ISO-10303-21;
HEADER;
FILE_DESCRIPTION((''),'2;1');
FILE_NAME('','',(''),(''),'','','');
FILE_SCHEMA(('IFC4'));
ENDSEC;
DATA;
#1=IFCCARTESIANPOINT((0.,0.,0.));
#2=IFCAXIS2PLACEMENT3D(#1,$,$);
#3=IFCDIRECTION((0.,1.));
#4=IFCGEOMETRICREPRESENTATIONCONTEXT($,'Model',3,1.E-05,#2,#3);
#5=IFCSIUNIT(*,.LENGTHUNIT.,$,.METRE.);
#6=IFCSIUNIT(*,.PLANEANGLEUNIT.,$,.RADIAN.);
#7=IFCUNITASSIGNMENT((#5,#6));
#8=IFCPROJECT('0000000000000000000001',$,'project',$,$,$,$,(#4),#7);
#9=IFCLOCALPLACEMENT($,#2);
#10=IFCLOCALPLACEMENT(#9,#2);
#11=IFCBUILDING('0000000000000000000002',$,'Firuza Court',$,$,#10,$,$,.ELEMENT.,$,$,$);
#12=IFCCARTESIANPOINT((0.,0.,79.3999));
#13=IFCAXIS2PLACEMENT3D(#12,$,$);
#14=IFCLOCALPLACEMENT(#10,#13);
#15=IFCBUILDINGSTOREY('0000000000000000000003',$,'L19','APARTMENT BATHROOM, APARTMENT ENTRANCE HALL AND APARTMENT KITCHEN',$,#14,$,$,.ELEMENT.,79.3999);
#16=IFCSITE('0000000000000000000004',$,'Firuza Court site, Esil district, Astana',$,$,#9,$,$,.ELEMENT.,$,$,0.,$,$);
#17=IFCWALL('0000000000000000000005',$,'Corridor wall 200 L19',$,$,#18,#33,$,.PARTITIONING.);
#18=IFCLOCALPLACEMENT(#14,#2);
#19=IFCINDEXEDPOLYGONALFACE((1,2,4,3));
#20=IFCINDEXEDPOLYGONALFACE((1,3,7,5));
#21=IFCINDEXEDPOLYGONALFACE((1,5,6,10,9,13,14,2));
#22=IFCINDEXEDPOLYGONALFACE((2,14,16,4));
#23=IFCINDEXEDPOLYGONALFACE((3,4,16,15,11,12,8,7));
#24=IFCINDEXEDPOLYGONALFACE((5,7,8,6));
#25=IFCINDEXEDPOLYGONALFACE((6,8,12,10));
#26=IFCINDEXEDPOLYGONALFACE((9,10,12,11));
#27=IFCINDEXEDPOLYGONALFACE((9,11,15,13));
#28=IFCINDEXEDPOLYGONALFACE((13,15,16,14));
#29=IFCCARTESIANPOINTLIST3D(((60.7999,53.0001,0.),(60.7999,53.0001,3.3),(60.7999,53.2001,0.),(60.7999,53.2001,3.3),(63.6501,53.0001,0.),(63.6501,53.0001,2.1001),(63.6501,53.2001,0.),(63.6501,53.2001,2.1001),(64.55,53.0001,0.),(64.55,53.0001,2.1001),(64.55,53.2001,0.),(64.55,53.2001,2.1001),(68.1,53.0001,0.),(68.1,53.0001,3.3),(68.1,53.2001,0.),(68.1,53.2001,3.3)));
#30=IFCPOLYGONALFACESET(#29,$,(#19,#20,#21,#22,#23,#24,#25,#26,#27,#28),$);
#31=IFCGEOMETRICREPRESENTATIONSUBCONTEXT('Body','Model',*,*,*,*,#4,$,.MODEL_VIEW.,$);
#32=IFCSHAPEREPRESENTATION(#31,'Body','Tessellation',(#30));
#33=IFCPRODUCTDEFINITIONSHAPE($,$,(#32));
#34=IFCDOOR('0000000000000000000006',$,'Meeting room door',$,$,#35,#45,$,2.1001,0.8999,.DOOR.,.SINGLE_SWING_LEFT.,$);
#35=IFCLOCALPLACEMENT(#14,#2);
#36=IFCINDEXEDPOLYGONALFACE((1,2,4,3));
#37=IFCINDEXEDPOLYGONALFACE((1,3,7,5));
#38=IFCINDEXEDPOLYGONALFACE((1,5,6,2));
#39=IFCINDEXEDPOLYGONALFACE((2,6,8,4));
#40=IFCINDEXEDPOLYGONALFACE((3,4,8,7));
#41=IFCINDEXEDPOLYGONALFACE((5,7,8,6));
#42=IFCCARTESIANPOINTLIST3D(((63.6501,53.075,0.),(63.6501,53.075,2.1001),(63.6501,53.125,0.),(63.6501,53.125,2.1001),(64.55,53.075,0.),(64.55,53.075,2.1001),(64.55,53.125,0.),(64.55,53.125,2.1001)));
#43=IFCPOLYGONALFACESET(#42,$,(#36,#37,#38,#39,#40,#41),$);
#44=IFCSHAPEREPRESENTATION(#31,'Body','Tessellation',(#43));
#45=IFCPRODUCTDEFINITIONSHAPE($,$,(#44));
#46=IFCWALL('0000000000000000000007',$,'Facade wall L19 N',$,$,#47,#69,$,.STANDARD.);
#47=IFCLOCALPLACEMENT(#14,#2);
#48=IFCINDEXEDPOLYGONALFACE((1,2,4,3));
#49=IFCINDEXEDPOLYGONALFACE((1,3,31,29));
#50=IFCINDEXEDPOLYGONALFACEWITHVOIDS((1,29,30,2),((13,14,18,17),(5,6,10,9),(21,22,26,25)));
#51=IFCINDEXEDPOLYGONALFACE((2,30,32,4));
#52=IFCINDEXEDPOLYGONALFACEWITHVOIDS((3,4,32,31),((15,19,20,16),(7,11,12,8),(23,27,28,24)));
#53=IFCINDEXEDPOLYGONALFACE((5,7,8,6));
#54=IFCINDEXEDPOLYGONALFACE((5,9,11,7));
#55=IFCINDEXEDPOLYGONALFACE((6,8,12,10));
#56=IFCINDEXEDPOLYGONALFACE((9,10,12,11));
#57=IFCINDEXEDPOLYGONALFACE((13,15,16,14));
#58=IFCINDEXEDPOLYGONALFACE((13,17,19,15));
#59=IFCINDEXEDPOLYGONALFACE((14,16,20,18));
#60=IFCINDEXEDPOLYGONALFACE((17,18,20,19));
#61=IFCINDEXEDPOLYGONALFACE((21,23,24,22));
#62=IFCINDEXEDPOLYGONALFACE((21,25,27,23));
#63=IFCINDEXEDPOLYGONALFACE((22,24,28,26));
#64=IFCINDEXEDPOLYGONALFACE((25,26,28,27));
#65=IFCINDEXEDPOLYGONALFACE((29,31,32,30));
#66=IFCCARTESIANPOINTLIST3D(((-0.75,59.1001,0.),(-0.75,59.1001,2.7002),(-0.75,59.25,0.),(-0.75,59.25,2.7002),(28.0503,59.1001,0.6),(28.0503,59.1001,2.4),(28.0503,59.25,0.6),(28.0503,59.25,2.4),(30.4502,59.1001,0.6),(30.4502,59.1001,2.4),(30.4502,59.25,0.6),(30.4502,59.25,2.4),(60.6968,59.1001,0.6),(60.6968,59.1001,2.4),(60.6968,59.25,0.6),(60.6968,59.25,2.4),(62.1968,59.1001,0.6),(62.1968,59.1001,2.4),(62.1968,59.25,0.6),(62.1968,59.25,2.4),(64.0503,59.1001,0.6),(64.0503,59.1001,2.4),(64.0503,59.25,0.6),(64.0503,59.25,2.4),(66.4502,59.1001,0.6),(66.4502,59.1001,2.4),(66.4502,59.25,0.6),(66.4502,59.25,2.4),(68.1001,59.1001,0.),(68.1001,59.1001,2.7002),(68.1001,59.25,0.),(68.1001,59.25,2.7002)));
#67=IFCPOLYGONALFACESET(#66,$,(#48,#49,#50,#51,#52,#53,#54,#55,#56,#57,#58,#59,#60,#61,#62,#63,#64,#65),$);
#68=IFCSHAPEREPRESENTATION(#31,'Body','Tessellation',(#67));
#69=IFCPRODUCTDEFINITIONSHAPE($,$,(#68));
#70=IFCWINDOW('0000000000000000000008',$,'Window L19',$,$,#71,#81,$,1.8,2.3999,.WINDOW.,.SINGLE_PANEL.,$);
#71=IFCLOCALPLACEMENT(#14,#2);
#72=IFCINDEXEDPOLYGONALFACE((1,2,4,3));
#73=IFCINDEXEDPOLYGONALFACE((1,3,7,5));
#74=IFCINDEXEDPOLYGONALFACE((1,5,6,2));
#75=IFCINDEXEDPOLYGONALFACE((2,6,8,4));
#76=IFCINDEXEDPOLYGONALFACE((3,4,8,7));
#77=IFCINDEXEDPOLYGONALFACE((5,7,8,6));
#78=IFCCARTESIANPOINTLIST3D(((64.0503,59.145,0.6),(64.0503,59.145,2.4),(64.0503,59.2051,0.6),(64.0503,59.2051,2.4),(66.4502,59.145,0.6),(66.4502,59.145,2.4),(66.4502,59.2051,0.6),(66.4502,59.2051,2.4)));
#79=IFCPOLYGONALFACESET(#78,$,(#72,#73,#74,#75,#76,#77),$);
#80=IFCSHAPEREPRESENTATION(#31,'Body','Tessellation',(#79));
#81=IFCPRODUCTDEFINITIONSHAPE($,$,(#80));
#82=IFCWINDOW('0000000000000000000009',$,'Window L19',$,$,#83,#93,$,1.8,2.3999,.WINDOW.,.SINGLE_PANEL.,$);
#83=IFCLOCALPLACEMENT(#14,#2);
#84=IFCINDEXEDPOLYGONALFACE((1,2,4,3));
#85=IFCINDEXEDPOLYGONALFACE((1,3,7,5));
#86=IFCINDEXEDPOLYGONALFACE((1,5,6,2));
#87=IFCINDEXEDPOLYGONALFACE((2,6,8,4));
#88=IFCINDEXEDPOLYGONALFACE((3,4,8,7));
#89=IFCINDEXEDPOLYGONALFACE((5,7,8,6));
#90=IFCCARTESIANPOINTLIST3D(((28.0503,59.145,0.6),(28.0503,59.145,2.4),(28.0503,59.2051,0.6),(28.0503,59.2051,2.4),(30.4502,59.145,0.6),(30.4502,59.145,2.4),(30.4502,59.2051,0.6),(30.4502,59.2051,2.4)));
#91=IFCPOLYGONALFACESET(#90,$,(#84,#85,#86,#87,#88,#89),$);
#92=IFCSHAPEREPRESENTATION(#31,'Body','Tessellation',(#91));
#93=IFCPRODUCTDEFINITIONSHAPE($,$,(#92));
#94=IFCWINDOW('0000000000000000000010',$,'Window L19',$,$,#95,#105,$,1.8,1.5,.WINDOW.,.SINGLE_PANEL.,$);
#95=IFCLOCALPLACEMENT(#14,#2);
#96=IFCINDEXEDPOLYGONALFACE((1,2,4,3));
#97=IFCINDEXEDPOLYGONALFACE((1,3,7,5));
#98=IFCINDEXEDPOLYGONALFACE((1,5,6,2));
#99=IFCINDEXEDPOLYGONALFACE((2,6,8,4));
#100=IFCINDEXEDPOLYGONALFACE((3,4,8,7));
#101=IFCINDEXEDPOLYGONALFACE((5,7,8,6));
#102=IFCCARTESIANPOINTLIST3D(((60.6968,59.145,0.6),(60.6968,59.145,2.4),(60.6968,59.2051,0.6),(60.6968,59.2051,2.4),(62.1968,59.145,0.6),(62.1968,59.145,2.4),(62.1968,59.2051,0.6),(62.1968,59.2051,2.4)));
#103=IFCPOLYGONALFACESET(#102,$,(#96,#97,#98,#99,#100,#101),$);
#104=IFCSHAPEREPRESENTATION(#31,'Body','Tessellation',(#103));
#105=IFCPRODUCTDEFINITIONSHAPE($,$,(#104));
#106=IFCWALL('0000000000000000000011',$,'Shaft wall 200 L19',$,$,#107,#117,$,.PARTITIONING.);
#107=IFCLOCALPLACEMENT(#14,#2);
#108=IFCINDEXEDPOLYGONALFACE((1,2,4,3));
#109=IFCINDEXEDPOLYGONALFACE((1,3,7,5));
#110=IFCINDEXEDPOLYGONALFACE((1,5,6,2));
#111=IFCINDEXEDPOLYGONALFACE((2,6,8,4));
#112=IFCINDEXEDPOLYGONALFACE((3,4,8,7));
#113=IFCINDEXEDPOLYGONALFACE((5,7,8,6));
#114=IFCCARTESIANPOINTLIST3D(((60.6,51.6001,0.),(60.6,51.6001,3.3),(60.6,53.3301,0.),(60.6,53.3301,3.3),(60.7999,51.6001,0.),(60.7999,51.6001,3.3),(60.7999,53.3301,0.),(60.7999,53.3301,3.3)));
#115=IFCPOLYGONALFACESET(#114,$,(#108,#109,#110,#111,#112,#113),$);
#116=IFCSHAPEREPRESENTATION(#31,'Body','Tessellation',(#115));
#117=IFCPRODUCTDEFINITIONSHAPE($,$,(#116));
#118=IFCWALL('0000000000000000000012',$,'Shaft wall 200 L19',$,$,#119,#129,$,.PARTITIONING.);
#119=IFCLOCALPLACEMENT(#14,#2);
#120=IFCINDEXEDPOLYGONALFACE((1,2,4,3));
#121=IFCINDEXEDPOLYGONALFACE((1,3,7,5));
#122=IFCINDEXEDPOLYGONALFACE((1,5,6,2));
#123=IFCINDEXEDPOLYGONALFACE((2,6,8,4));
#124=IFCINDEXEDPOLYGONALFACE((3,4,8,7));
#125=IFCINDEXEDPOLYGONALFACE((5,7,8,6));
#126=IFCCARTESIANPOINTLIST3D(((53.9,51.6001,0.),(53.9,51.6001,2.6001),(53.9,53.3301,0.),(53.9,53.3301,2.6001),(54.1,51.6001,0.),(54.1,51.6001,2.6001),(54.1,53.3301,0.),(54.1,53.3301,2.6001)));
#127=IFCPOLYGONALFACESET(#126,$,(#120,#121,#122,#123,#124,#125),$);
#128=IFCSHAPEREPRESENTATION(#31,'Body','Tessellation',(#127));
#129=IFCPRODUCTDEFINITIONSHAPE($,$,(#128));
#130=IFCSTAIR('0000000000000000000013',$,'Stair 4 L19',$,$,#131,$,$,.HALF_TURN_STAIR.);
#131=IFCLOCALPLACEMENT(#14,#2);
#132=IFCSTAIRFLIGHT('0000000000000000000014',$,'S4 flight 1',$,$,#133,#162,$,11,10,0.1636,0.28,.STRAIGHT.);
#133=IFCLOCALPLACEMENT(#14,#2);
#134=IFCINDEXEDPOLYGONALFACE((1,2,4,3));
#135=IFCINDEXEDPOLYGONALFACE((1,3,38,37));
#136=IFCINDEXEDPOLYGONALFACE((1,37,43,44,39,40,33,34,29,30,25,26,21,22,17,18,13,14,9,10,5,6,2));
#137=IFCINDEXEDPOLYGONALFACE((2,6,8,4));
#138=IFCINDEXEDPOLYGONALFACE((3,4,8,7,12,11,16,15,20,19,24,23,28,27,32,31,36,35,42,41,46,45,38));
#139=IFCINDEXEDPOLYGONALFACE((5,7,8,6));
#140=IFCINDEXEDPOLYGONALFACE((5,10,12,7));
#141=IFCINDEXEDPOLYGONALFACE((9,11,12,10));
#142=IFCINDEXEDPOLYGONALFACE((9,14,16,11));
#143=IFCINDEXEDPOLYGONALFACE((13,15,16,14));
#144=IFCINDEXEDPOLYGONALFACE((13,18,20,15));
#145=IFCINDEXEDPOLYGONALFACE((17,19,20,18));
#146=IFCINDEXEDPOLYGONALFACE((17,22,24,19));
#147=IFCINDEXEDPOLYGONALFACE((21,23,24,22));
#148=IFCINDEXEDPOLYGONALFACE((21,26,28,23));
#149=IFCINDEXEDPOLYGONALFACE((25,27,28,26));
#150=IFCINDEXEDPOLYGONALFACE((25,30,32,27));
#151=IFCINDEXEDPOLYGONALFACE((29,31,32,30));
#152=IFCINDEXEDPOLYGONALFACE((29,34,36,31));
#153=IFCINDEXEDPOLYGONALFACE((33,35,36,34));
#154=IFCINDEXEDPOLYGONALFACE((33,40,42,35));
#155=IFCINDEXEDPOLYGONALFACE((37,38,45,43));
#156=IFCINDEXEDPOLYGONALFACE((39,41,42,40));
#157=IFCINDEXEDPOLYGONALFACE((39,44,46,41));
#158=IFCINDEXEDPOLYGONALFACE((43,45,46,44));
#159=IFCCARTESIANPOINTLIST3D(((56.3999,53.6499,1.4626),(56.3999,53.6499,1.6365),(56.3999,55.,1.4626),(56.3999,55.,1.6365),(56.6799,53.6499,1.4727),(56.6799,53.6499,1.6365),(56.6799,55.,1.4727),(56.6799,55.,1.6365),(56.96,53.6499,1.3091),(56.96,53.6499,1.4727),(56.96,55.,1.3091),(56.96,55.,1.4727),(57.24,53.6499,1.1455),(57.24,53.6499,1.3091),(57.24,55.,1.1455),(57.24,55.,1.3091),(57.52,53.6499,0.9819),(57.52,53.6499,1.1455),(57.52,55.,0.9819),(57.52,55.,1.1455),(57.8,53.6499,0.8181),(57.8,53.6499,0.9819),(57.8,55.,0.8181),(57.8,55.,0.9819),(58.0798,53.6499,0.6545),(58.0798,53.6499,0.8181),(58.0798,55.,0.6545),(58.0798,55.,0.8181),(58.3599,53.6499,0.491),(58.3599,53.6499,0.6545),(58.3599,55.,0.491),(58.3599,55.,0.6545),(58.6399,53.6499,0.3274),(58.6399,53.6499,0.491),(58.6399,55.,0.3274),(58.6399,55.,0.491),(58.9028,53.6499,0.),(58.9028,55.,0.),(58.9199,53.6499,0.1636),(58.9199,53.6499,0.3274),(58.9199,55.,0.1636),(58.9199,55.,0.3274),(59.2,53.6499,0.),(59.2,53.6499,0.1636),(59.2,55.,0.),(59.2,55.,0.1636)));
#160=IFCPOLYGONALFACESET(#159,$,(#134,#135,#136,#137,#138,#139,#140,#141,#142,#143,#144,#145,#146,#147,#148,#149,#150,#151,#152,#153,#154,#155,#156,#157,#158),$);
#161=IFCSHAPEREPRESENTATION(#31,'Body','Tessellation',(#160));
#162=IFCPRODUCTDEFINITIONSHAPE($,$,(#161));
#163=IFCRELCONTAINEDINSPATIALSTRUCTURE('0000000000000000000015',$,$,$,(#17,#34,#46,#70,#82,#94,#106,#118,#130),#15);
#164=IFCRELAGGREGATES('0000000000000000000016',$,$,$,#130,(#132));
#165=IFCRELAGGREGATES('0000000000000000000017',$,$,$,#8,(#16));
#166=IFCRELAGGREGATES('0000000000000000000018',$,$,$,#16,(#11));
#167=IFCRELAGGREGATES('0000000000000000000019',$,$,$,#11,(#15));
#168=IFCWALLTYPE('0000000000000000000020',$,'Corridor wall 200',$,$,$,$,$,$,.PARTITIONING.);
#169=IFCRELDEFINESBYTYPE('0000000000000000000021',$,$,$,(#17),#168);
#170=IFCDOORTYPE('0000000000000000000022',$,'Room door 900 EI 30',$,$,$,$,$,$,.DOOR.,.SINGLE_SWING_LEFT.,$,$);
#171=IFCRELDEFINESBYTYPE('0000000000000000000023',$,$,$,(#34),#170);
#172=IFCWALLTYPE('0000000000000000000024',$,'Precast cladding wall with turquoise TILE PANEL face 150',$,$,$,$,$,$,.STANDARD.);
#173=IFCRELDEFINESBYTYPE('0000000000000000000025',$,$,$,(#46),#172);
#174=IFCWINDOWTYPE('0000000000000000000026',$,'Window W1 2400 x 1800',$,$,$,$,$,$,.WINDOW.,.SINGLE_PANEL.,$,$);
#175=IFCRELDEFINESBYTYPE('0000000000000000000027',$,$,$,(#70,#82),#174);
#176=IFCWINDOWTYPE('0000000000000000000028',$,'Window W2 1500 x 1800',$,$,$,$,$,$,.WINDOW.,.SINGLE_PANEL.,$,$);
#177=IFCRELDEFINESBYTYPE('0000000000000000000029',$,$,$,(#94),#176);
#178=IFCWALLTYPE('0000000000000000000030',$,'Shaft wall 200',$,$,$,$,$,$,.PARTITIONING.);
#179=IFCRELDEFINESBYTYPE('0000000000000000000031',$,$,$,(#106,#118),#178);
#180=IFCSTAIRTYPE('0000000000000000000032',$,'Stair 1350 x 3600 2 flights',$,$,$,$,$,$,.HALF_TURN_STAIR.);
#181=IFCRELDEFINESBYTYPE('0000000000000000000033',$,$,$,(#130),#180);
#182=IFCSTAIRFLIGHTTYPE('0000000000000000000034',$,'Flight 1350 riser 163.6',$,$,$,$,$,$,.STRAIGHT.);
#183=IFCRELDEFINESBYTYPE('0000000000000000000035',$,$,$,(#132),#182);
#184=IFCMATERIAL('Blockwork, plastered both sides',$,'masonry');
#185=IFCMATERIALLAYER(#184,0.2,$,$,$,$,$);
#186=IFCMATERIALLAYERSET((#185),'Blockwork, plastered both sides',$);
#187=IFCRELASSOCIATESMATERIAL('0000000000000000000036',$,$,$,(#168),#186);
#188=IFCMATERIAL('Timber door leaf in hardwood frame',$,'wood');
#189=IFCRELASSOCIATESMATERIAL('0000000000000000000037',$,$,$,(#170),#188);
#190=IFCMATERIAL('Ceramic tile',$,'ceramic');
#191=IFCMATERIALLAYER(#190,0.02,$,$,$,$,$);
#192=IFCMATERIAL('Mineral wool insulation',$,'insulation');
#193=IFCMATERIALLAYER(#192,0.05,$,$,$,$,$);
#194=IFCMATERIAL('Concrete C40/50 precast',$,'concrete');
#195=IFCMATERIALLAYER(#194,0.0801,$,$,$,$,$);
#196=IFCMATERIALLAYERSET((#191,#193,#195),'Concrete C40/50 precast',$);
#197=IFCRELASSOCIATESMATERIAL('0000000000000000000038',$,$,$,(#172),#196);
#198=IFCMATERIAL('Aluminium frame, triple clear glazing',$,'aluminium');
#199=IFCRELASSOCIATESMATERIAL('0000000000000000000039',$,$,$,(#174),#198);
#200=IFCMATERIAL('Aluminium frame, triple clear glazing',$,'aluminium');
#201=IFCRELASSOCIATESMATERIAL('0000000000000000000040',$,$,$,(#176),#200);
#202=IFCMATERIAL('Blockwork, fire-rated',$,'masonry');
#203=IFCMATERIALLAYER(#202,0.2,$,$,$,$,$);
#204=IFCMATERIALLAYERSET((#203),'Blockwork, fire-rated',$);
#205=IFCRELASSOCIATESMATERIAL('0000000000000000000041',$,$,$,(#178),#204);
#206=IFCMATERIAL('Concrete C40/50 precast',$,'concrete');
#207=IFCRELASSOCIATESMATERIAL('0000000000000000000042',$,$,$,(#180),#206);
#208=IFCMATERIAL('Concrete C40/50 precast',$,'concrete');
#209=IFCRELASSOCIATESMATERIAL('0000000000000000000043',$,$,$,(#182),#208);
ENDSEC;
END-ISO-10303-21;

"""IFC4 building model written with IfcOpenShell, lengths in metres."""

from ifc_helpers import new_model, si_unit, direction, frame, frame_2d, origin, place, context, subcontext, project, spatial, polyline, rectangle, outline, extrude, material, layer, layer_set, type_object, element, fill, aggregate, save


model = new_model("IFC4")

# Units and contexts
model_context = context("Model", 3, precision=1e-05, world=origin(), true_north=direction((0.0, 1.0)))
body_context = subcontext(model_context, "Body", "Model", "MODEL_VIEW")
ifc_project = project(units=[si_unit("LENGTHUNIT", "METRE"), si_unit("PLANEANGLEUNIT", "RADIAN")], contexts=[model_context])

# Site, building, storey
site_placement = place(None, origin())
site = spatial("IfcSite", under=ifc_project, at=site_placement, Name="Firuza Court site, Esil district, Astana", CompositionType="ELEMENT", RefElevation=0.0)
building_placement = place(site_placement, origin())
building = spatial("IfcBuilding", under=site, at=building_placement, Name="Firuza Court", CompositionType="ELEMENT")
storey_placement = place(building_placement, frame((0.0, 0.0, 79.3999)))
storey = spatial("IfcBuildingStorey", under=building, at=storey_placement, Name="L19", Description="APARTMENT BATHROOM, APARTMENT ENTRANCE HALL AND APARTMENT KITCHEN", CompositionType="ELEMENT", Elevation=79.3999)

# Wall, opening, door
ifc_material_1 = material(Name="Blockwork, plastered both sides", Category="masonry")
ifc_layer_1 = layer(ifc_material_1, 0.2)
ifc_layer_set_1 = layer_set([ifc_layer_1], Name="Blockwork, plastered both sides")
wall_type_1 = type_object("IfcWallType", Name="Corridor wall 200", PredefinedType="PARTITIONING", material=ifc_layer_set_1)
wall_1_placement = place(storey_placement, frame((60.8, 53.1001, 0.0), z_axis=(0.0, 0.0, 1.0), x_axis=(1.0, 0.0, 0.0)))
wall_1 = element("IfcWall", 1, at=wall_1_placement, inside=storey, type_object=wall_type_1, Name="Corridor wall 200 L19", PredefinedType="PARTITIONING", context=body_context, shape_type="SweptSolid", body=[
    extrude(rectangle(XDim=7.3, YDim=0.2, at=frame_2d((3.6499, 0.0))), origin(), (0.0, 0.0, 1.0), 3.3),
])
opening_1_placement = place(wall_1_placement, frame((2.8501, 0.0, 0.0)))
opening_1 = element("IfcOpeningElement", 2, at=opening_1_placement, cuts=wall_1, PredefinedType="OPENING", context=body_context, shape_type="SweptSolid", body=[
    extrude(rectangle(XDim=0.8999, YDim=2.1001, at=frame_2d((0.45, 1.05))), frame((0.0, 0.1118, 0.0), z_axis=(0.0, -1.0, 0.0), x_axis=(1.0, 0.0, 0.0)), (0.0, 0.0, 1.0), 0.2239),
])
ifc_material_2 = material(Name="Timber door leaf in hardwood frame", Category="wood")
door_type = type_object("IfcDoorType", Name="Room door 900 EI 30", OperationType="SINGLE_SWING_LEFT", PredefinedType="DOOR", material=ifc_material_2)
door_placement = place(opening_1_placement, origin())
door = element("IfcDoor", 3, at=door_placement, inside=storey, type_object=door_type, Name="Meeting room door", OperationType="SINGLE_SWING_LEFT", OverallHeight=2.1001, OverallWidth=0.8999, PredefinedType="DOOR", context=body_context, shape_type="SweptSolid", body=[
    extrude(rectangle(XDim=0.8999, YDim=2.1001, at=frame_2d((0.45, 1.05))), frame((0.0, 0.0249, 0.0), z_axis=(0.0, -1.0, 0.0), x_axis=(1.0, 0.0, 0.0)), (0.0, 0.0, 1.0), 0.05),
])
fill(opening_1, door)

# Wall, openings, windows
ifc_material_3 = material(Name="Ceramic tile", Category="ceramic")
ifc_layer_2 = layer(ifc_material_3, 0.02)
ifc_material_4 = material(Name="Mineral wool insulation", Category="insulation")
ifc_layer_3 = layer(ifc_material_4, 0.05)
ifc_material_5 = material(Name="Concrete C40/50 precast", Category="concrete")
ifc_layer_4 = layer(ifc_material_5, 0.0801)
ifc_layer_set_2 = layer_set([ifc_layer_2, ifc_layer_3, ifc_layer_4], Name="Concrete C40/50 precast")
wall_type_2 = type_object("IfcWallType", Name="Precast cladding wall with turquoise TILE PANEL face 150", PredefinedType="STANDARD", material=ifc_layer_set_2)
wall_2_placement = place(storey_placement, frame((68.1001, 59.175, 0.0), z_axis=(0.0, 0.0, 1.0), x_axis=(-1.0, 0.0, 0.0)))
wall_2 = element("IfcWall", 4, at=wall_2_placement, inside=storey, type_object=wall_type_2, Name="Facade wall L19 N", PredefinedType="STANDARD", context=body_context, shape_type="SweptSolid", body=[
    extrude(rectangle(XDim=68.8501, YDim=0.1499, at=frame_2d((34.425, 0.0))), origin(), (0.0, 0.0, 1.0), 2.7002),
])
opening_2_placement = place(wall_2_placement, frame((1.6499, 0.0, 0.6001)))
opening_2 = element("IfcOpeningElement", 5, at=opening_2_placement, cuts=wall_2, PredefinedType="OPENING", context=body_context, shape_type="SweptSolid", body=[
    extrude(rectangle(XDim=2.3999, YDim=1.8, at=frame_2d((1.2, 0.8999))), frame((0.0, 0.0869, 0.0), z_axis=(0.0, -1.0, 0.0), x_axis=(1.0, 0.0, 0.0)), (0.0, 0.0, 1.0), 0.1738),
])
opening_3_placement = place(wall_2_placement, frame((5.9033, 0.0, 0.6001)))
opening_3 = element("IfcOpeningElement", 6, at=opening_3_placement, cuts=wall_2, PredefinedType="OPENING", context=body_context, shape_type="SweptSolid", body=[
    extrude(rectangle(XDim=1.5, YDim=1.8, at=frame_2d((0.75, 0.8999))), frame((0.0, 0.0869, 0.0), z_axis=(0.0, -1.0, 0.0), x_axis=(1.0, 0.0, 0.0)), (0.0, 0.0, 1.0), 0.1738),
])
opening_4_placement = place(wall_2_placement, frame((37.6499, 0.0, 0.6001)))
opening_4 = element("IfcOpeningElement", 7, at=opening_4_placement, cuts=wall_2, PredefinedType="OPENING", context=body_context, shape_type="SweptSolid", body=[
    extrude(rectangle(XDim=2.3999, YDim=1.8, at=frame_2d((1.2, 0.8999))), frame((0.0, 0.0869, 0.0), z_axis=(0.0, -1.0, 0.0), x_axis=(1.0, 0.0, 0.0)), (0.0, 0.0, 1.0), 0.1738),
])
ifc_material_6 = material(Name="Aluminium frame, triple clear glazing", Category="aluminium")
window_type_1 = type_object("IfcWindowType", Name="Window W1 2400 x 1800", PartitioningType="SINGLE_PANEL", PredefinedType="WINDOW", material=ifc_material_6)
window_1_placement = place(opening_2_placement, origin())
window_1 = element("IfcWindow", 8, at=window_1_placement, inside=storey, type_object=window_type_1, Name="Window L19", OverallHeight=1.8, OverallWidth=2.3999, PartitioningType="SINGLE_PANEL", PredefinedType="WINDOW", context=body_context, shape_type="SweptSolid", body=[
    extrude(rectangle(XDim=2.3999, YDim=1.8, at=frame_2d((1.2, 0.8999))), frame((0.0, 0.03, 0.0), z_axis=(0.0, -1.0, 0.0), x_axis=(1.0, 0.0, 0.0)), (0.0, 0.0, 1.0), 0.0601),
])
fill(opening_2, window_1)
window_2_placement = place(opening_4_placement, origin())
window_2 = element("IfcWindow", 9, at=window_2_placement, inside=storey, type_object=window_type_1, Name="Window L19", OverallHeight=1.8, OverallWidth=2.3999, PartitioningType="SINGLE_PANEL", PredefinedType="WINDOW", context=body_context, shape_type="SweptSolid", body=[
    extrude(rectangle(XDim=2.3999, YDim=1.8, at=frame_2d((1.2, 0.8999))), frame((0.0, 0.03, 0.0), z_axis=(0.0, -1.0, 0.0), x_axis=(1.0, 0.0, 0.0)), (0.0, 0.0, 1.0), 0.0601),
])
fill(opening_4, window_2)
ifc_material_7 = material(Name="Aluminium frame, triple clear glazing", Category="aluminium")
window_type_2 = type_object("IfcWindowType", Name="Window W2 1500 x 1800", PartitioningType="SINGLE_PANEL", PredefinedType="WINDOW", material=ifc_material_7)
window_3_placement = place(opening_3_placement, origin())
window_3 = element("IfcWindow", 10, at=window_3_placement, inside=storey, type_object=window_type_2, Name="Window L19", OverallHeight=1.8, OverallWidth=1.5, PartitioningType="SINGLE_PANEL", PredefinedType="WINDOW", context=body_context, shape_type="SweptSolid", body=[
    extrude(rectangle(XDim=1.5, YDim=1.8, at=frame_2d((0.75, 0.8999))), frame((0.0, 0.03, 0.0), z_axis=(0.0, -1.0, 0.0), x_axis=(1.0, 0.0, 0.0)), (0.0, 0.0, 1.0), 0.0601),
])
fill(opening_3, window_3)

# Walls
ifc_material_8 = material(Name="Blockwork, fire-rated", Category="masonry")
ifc_layer_5 = layer(ifc_material_8, 0.2)
ifc_layer_set_3 = layer_set([ifc_layer_5], Name="Blockwork, fire-rated")
wall_type_3 = type_object("IfcWallType", Name="Shaft wall 200", PredefinedType="PARTITIONING", material=ifc_layer_set_3)
wall_3_placement = place(storey_placement, frame((60.7, 51.6001, 0.0), z_axis=(0.0, 0.0, 1.0), x_axis=(0.0, 1.0, 0.0)))
element("IfcWall", 11, at=wall_3_placement, inside=storey, type_object=wall_type_3, Name="Shaft wall 200 L19", PredefinedType="PARTITIONING", context=body_context, shape_type="SweptSolid", body=[
    extrude(rectangle(XDim=1.73, YDim=0.2, at=frame_2d((0.865, 0.0))), origin(), (0.0, 0.0, 1.0), 3.3),
])
wall_4_placement = place(storey_placement, frame((54.0, 51.6001, 0.0), z_axis=(0.0, 0.0, 1.0), x_axis=(0.0, 1.0, 0.0)))
element("IfcWall", 12, at=wall_4_placement, inside=storey, type_object=wall_type_3, Name="Shaft wall 200 L19", PredefinedType="PARTITIONING", context=body_context, shape_type="SweptSolid", body=[
    extrude(rectangle(XDim=1.73, YDim=0.2, at=frame_2d((0.865, 0.0))), origin(), (0.0, 0.0, 1.0), 2.6001),
])

# Stair, stair flight
ifc_material_9 = material(Name="Concrete C40/50 precast", Category="concrete")
stair_type = type_object("IfcStairType", Name="Stair 1350 x 3600 2 flights", PredefinedType="HALF_TURN_STAIR", material=ifc_material_9)
stair_placement = place(storey_placement, origin())
stair = element("IfcStair", 13, at=stair_placement, inside=storey, type_object=stair_type, Name="Stair 4 L19", PredefinedType="HALF_TURN_STAIR")
ifc_material_10 = material(Name="Concrete C40/50 precast", Category="concrete")
stair_flight_type = type_object("IfcStairFlightType", Name="Flight 1350 riser 163.6", PredefinedType="STRAIGHT", material=ifc_material_10)
stair_flight_1_placement = place(storey_placement, frame((59.2, 54.325, 0.0), z_axis=(0.0, 0.0, 1.0), x_axis=(-1.0, 0.0, 0.0)))
stair_flight_1 = element("IfcStairFlight", 14, at=stair_flight_1_placement, type_object=stair_flight_type, Name="S4 flight 1", NumberOfRisers=11, NumberOfTreads=10, PredefinedType="STRAIGHT", RiserHeight=0.1636, TreadLength=0.28, context=body_context, shape_type="SweptSolid", body=[
    extrude(outline(polyline([(0.0, 0.0), (0.0, 0.1636), (0.28, 0.1636), (0.28, 0.3274), (0.5601, 0.3274), (0.5601, 0.491), (0.8401, 0.491), (0.8401, 0.6545), (1.1201, 0.6545), (1.1201, 0.8181), (1.3999, 0.8181), (1.3999, 0.9819), (1.6799, 0.9819), (1.6799, 1.1455), (1.96, 1.1455), (1.96, 1.3091), (2.24, 1.3091), (2.24, 1.4727), (2.52, 1.4727), (2.52, 1.6365), (2.8, 1.6365), (2.8, 1.8), (2.8, 1.4626), (0.2971, 0.0), (0.0, 0.0)])), frame((0.0, 0.675, 0.0), z_axis=(0.0, -1.0, 0.0), x_axis=(1.0, 0.0, 0.0)), (0.0, 0.0, 1.0), 1.3501),
])
aggregate(stair, [stair_flight_1])

save(model, "model.ifc")
